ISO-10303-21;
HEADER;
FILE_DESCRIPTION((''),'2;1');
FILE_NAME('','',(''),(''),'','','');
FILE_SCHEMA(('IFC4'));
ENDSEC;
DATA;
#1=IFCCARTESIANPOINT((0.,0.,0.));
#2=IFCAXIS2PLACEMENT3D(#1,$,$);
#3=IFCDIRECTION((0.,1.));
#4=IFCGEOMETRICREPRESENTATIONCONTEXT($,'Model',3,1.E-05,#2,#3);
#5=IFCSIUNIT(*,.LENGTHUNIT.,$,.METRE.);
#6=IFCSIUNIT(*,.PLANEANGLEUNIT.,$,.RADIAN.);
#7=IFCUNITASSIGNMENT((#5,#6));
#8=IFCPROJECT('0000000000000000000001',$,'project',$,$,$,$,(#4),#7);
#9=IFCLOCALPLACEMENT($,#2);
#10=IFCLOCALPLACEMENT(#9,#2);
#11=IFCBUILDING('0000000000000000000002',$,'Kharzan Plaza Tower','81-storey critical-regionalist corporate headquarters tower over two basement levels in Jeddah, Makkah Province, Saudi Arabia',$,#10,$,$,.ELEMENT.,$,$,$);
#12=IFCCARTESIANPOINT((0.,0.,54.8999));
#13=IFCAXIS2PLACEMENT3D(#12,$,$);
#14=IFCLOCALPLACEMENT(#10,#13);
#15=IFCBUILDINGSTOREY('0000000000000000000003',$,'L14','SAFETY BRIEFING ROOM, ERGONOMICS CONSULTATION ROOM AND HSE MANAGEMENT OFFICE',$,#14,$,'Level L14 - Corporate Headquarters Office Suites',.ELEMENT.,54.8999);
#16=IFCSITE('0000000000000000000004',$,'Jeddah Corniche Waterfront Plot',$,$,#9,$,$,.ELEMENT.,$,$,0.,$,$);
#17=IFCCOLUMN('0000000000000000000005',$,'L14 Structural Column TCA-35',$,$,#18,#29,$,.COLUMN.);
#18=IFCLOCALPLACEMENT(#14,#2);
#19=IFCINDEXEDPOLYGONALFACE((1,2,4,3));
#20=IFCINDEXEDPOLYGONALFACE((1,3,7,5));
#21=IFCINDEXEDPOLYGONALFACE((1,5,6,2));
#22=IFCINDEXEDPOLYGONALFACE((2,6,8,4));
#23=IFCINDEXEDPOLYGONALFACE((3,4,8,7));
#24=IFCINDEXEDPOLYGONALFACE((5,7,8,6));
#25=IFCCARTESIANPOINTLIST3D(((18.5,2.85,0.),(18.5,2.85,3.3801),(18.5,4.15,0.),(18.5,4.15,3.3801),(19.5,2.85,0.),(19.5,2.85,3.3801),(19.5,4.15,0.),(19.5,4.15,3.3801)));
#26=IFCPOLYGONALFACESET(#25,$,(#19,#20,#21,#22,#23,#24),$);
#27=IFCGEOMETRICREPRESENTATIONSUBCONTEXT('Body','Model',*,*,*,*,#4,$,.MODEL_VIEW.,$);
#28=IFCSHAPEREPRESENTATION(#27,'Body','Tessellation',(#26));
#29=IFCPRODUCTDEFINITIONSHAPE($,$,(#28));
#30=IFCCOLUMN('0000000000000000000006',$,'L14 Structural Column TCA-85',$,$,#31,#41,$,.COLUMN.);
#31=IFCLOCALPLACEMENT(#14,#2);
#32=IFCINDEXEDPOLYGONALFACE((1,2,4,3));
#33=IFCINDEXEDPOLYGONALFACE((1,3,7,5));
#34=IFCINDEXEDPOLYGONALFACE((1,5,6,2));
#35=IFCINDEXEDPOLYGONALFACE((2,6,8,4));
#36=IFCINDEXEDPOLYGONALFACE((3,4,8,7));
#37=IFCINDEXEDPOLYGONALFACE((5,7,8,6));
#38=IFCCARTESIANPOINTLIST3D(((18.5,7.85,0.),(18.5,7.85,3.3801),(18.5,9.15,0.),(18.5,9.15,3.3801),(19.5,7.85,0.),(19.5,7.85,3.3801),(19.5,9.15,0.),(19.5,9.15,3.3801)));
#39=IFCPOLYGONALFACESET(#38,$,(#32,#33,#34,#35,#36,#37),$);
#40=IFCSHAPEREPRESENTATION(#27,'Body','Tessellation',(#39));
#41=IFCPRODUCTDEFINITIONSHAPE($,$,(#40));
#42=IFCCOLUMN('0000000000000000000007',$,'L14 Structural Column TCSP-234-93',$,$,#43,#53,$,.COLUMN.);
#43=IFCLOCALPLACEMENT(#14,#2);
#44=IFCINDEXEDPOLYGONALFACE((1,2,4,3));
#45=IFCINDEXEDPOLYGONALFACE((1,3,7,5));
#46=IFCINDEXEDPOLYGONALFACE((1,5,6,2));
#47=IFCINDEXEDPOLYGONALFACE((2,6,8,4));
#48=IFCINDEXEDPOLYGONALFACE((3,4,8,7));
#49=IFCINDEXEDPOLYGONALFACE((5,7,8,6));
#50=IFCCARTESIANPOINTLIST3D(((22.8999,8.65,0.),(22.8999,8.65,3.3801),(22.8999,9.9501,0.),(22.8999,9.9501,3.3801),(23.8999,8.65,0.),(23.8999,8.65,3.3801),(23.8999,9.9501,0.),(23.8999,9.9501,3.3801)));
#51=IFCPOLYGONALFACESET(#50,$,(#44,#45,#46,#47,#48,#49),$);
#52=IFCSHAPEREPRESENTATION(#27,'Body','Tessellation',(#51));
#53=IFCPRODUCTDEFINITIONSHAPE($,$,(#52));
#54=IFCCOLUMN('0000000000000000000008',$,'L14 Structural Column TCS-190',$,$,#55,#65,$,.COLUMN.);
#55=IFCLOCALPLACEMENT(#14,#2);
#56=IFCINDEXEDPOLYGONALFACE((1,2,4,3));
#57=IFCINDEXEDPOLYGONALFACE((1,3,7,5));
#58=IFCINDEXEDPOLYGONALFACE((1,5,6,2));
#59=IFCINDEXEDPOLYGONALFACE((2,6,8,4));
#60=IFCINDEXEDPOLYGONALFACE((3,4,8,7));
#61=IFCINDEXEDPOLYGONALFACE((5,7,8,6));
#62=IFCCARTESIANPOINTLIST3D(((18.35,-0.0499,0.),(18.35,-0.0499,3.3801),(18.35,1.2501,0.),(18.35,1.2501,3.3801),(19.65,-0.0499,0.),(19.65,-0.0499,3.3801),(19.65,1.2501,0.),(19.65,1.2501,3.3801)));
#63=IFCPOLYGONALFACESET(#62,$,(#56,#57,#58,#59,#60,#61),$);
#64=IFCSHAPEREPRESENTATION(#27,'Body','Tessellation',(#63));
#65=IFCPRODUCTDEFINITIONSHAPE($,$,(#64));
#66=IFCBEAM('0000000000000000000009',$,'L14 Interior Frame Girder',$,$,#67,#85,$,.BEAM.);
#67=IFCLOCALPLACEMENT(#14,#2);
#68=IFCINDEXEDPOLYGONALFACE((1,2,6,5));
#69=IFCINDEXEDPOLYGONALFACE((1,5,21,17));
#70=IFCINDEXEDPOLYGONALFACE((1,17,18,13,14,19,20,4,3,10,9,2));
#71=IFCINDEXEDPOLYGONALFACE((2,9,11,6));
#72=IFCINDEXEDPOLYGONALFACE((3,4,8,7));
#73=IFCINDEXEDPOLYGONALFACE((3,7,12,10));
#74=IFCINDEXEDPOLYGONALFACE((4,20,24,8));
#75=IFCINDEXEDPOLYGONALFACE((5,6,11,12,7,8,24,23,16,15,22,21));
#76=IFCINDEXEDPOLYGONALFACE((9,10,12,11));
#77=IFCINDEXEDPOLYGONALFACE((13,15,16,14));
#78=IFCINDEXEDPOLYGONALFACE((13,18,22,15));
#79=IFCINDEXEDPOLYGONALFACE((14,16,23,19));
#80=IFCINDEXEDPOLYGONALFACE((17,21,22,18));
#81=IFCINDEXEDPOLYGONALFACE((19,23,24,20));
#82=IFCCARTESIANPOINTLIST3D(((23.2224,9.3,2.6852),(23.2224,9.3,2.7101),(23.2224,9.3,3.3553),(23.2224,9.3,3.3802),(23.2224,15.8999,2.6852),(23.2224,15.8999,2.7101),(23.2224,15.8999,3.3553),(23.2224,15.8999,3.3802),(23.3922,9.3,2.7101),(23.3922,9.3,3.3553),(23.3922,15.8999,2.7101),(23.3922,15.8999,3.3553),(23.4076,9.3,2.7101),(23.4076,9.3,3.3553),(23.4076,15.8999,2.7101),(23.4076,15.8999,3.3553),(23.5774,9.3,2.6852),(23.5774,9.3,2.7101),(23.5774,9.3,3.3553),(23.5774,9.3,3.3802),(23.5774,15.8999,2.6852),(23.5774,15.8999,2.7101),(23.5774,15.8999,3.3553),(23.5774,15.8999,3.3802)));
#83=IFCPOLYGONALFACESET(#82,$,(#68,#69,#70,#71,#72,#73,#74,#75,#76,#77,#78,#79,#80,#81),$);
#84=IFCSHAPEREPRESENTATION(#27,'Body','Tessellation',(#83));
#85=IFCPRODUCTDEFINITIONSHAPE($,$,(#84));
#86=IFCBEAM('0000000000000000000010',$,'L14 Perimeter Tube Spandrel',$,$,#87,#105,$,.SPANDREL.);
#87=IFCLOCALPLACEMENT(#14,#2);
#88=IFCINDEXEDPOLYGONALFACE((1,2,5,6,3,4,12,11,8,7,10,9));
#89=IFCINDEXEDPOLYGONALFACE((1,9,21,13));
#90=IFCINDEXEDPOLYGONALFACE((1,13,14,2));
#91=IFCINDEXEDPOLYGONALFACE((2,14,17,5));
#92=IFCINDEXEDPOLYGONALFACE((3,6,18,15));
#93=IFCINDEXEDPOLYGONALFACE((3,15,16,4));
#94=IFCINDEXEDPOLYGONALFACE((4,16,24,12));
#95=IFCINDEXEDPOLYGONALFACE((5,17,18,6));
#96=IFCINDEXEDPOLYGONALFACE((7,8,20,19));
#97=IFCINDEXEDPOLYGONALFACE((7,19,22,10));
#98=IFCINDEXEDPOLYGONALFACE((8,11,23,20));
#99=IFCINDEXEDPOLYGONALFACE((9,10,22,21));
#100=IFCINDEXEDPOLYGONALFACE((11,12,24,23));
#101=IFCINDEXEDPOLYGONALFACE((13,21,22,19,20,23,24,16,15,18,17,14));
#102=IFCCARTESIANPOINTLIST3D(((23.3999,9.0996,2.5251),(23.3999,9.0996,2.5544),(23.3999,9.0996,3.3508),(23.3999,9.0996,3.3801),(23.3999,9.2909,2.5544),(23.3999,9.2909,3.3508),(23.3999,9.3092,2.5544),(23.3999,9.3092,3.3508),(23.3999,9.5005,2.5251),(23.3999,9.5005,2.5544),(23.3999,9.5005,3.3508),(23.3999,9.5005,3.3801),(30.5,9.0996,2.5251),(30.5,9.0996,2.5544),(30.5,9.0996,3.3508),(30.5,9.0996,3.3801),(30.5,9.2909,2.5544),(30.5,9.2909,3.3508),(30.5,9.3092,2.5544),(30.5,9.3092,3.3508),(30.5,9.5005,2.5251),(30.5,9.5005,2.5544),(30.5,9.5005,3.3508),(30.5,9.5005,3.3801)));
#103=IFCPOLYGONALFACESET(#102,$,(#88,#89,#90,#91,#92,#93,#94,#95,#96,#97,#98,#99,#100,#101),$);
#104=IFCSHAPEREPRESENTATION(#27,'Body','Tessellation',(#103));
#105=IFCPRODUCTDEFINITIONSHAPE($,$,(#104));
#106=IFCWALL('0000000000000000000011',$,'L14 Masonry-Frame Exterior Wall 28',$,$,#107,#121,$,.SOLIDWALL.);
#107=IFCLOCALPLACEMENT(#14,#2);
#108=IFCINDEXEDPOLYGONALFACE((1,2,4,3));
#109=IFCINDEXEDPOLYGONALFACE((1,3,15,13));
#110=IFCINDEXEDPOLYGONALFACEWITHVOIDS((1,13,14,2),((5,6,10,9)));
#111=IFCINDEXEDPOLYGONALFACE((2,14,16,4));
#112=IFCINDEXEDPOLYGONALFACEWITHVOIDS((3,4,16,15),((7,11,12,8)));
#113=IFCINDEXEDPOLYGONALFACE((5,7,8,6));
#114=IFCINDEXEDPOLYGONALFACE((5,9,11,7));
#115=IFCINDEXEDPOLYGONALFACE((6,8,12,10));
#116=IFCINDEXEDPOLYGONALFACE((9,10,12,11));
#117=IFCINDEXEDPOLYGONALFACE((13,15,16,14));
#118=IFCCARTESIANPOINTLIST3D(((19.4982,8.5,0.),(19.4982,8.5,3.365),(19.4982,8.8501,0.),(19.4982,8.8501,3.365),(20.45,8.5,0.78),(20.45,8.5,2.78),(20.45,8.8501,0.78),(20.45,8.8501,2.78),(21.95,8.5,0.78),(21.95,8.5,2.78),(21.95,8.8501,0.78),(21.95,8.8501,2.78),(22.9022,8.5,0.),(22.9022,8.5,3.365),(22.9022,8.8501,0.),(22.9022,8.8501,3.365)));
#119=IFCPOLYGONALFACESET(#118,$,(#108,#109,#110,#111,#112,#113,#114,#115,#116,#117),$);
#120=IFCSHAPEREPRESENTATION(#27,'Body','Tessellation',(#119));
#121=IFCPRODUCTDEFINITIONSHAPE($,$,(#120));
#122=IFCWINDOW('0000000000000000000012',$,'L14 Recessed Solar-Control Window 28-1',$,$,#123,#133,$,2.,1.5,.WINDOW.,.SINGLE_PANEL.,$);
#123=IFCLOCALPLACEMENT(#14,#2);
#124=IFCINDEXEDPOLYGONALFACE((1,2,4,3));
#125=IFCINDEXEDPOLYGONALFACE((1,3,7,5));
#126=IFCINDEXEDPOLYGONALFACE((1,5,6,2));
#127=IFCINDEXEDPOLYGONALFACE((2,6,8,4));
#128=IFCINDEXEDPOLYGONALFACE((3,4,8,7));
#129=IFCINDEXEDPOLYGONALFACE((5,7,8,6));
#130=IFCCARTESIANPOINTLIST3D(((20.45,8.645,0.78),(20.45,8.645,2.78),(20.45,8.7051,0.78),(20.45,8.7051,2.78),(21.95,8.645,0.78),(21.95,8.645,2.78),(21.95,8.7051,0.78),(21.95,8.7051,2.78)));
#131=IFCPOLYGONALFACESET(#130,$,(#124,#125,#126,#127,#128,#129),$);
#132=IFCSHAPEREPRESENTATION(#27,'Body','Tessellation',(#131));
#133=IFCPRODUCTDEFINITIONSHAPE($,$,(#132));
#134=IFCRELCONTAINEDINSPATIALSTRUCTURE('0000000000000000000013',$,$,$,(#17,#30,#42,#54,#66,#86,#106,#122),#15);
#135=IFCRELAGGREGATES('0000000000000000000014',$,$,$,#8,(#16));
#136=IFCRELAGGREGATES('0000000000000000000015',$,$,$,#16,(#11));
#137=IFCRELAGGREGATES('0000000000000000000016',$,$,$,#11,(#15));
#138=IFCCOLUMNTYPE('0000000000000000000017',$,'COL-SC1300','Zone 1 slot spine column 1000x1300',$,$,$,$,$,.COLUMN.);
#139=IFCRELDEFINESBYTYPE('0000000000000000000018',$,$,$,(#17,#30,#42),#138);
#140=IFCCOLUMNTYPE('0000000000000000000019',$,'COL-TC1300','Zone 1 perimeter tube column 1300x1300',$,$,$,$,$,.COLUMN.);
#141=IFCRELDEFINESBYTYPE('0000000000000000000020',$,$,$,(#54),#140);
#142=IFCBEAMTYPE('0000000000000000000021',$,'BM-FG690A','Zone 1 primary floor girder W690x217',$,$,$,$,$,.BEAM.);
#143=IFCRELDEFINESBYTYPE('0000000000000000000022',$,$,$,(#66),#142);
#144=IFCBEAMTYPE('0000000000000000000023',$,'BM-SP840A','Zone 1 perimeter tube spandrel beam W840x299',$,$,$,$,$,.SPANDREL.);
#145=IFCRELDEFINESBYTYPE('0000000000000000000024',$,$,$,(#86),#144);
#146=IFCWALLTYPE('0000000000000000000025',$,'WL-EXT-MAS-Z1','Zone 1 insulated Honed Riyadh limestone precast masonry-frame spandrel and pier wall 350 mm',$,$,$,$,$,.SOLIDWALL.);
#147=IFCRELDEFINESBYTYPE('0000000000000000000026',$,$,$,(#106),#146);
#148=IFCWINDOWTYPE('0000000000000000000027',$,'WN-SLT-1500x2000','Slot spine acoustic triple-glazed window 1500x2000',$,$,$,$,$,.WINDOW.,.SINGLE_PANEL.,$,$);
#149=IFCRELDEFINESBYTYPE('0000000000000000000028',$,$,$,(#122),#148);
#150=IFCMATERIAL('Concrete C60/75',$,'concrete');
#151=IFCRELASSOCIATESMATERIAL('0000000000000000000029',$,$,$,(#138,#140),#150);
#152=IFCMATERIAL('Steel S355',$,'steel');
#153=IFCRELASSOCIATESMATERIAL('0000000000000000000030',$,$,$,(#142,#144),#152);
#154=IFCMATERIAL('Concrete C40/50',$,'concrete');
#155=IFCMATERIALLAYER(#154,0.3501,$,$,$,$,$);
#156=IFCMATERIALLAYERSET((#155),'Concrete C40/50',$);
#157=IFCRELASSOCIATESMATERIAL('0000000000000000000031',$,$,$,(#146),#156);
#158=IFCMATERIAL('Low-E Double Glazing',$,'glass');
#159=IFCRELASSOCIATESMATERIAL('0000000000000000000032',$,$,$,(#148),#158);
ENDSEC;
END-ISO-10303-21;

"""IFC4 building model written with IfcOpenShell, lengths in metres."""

from ifc_helpers import new_model, si_unit, direction, frame, frame_2d, origin, origin_2d, place, context, subcontext, project, spatial, rectangle, i_section, extrude, source, transform, mapped, material, layer, layer_set, material_profile, profile_set, type_object, element, fill, save


model = new_model("IFC4")

# Units and contexts
model_context = context("Model", 3, precision=1e-05, world=origin(), true_north=direction((0.0, 1.0)))
body_context = subcontext(model_context, "Body", "Model", "MODEL_VIEW")
ifc_project = project(units=[si_unit("LENGTHUNIT", "METRE"), si_unit("PLANEANGLEUNIT", "RADIAN")], contexts=[model_context])

# Site, building, storey
site_placement = place(None, origin())
site = spatial("IfcSite", under=ifc_project, at=site_placement, Name="Jeddah Corniche Waterfront Plot", CompositionType="ELEMENT", RefElevation=0.0)
building_placement = place(site_placement, origin())
building = spatial("IfcBuilding", under=site, at=building_placement, Name="Kharzan Plaza Tower", Description="81-storey critical-regionalist corporate headquarters tower over two basement levels in Jeddah, Makkah Province, Saudi Arabia", CompositionType="ELEMENT")
storey_placement = place(building_placement, frame((0.0, 0.0, 54.8999)))
storey = spatial("IfcBuildingStorey", under=building, at=storey_placement, Name="L14", Description="SAFETY BRIEFING ROOM, ERGONOMICS CONSULTATION ROOM AND HSE MANAGEMENT OFFICE", LongName="Level L14 - Corporate Headquarters Office Suites", CompositionType="ELEMENT", Elevation=54.8999)

# Columns
ifc_material_1 = material(Name="Concrete C60/75", Category="concrete")
ifc_material_profile_1 = material_profile(ifc_material_1, rectangle(XDim=1.0, YDim=1.3, at=origin_2d()), Name="RC-SC1300x1000")
ifc_profile_set_1 = profile_set([ifc_material_profile_1], Name="Concrete C60/75")
column_type_1 = type_object("IfcColumnType", Name="COL-SC1300", Description="Zone 1 slot spine column 1000x1300", PredefinedType="COLUMN", material=ifc_profile_set_1)
shared_shape_1 = source(origin(), body_context, "Body", "SweptSolid", [
    extrude(rectangle(XDim=1.0, YDim=1.3, at=origin_2d()), origin(), (0.0, 0.0, 1.0), 3.3801),
])
for number, where, z_axis, x_axis, name in (
    (1, (19.0, 3.5, 0.0), (0.0, 0.0, 1.0), (1.0, 0.0, 0.0), "L14 Structural Column TCA-35"),
    (2, (19.0, 8.5, 0.0), (0.0, 0.0, 1.0), (1.0, 0.0, 0.0), "L14 Structural Column TCA-85"),
    (3, (23.3999, 9.3, 0.0), (0.0, 0.0, 1.0), (1.0, 0.0, 0.0), "L14 Structural Column TCSP-234-93"),
):
    element("IfcColumn", number, at=place(storey_placement, frame(where, z_axis=z_axis, x_axis=x_axis)), inside=storey, type_object=column_type_1, Name=name, PredefinedType="COLUMN", context=body_context, shape_type="MappedRepresentation", body=[
        mapped(shared_shape_1, transform((0.0, 0.0, 0.0), x_axis=(1.0, 0.0, 0.0), y_axis=(0.0, 1.0, 0.0), z_axis=(0.0, 0.0, 1.0))),
    ])
ifc_material_profile_2 = material_profile(ifc_material_1, rectangle(XDim=1.3, YDim=1.3, at=origin_2d()), Name="RC-TC1300x1300")
ifc_profile_set_2 = profile_set([ifc_material_profile_2], Name="Concrete C60/75")
column_type_2 = type_object("IfcColumnType", Name="COL-TC1300", Description="Zone 1 perimeter tube column 1300x1300", PredefinedType="COLUMN", material=ifc_profile_set_2)
shared_shape_2 = source(origin(), body_context, "Body", "SweptSolid", [
    extrude(rectangle(XDim=1.3, YDim=1.3, at=origin_2d()), origin(), (0.0, 0.0, 1.0), 3.3801),
])
column_placement = place(storey_placement, frame((19.0, 0.6001, 0.0), z_axis=(0.0, 0.0, 1.0), x_axis=(1.0, 0.0, 0.0)))
element("IfcColumn", 4, at=column_placement, inside=storey, type_object=column_type_2, Name="L14 Structural Column TCS-190", PredefinedType="COLUMN", context=body_context, shape_type="MappedRepresentation", body=[
    mapped(shared_shape_2, transform((0.0, 0.0, 0.0), x_axis=(1.0, 0.0, 0.0), y_axis=(0.0, 1.0, 0.0), z_axis=(0.0, 0.0, 1.0))),
])

# Beams
ifc_material_2 = material(Name="Steel S355", Category="steel")
ifc_material_profile_3 = material_profile(ifc_material_2, i_section(OverallWidth=0.355, OverallDepth=0.6951, WebThickness=0.0154, FlangeThickness=0.0249, at=origin_2d()), Name="W690x217")
ifc_profile_set_3 = profile_set([ifc_material_profile_3], Name="Steel S355")
beam_type_1 = type_object("IfcBeamType", Name="BM-FG690A", Description="Zone 1 primary floor girder W690x217", PredefinedType="BEAM", material=ifc_profile_set_3)
shared_shape_3 = source(origin(), body_context, "Body", "SweptSolid", [
    extrude(i_section(OverallWidth=0.355, OverallDepth=0.6951, WebThickness=0.0154, FlangeThickness=0.0249, at=origin_2d()), origin(), (0.0, 0.0, 1.0), 6.5999),
])
beam_1_placement = place(storey_placement, frame((23.3999, 9.3, 3.0327), z_axis=(0.0, 1.0, 0.0), x_axis=(-1.0, 0.0, 0.0)))
element("IfcBeam", 5, at=beam_1_placement, inside=storey, type_object=beam_type_1, Name="L14 Interior Frame Girder", PredefinedType="BEAM", context=body_context, shape_type="MappedRepresentation", body=[
    mapped(shared_shape_3, transform((0.0, 0.0, 0.0), x_axis=(1.0, 0.0, 0.0), y_axis=(0.0, 1.0, 0.0), z_axis=(0.0, 0.0, 1.0))),
])
ifc_material_profile_4 = material_profile(ifc_material_2, i_section(OverallWidth=0.4009, OverallDepth=0.855, WebThickness=0.0183, FlangeThickness=0.0293, at=origin_2d()), Name="W840x299")
ifc_profile_set_4 = profile_set([ifc_material_profile_4], Name="Steel S355")
beam_type_2 = type_object("IfcBeamType", Name="BM-SP840A", Description="Zone 1 perimeter tube spandrel beam W840x299", PredefinedType="SPANDREL", material=ifc_profile_set_4)
shared_shape_4 = source(origin(), body_context, "Body", "SweptSolid", [
    extrude(i_section(OverallWidth=0.4009, OverallDepth=0.855, WebThickness=0.0183, FlangeThickness=0.0293, at=origin_2d()), origin(), (0.0, 0.0, 1.0), 7.1001),
])
beam_2_placement = place(storey_placement, frame((23.3999, 9.3, 2.9526), z_axis=(1.0, 0.0, 0.0), x_axis=(0.0, 1.0, 0.0)))
element("IfcBeam", 6, at=beam_2_placement, inside=storey, type_object=beam_type_2, Name="L14 Perimeter Tube Spandrel", PredefinedType="SPANDREL", context=body_context, shape_type="MappedRepresentation", body=[
    mapped(shared_shape_4, transform((0.0, 0.0, 0.0), x_axis=(1.0, 0.0, 0.0), y_axis=(0.0, 1.0, 0.0), z_axis=(0.0, 0.0, 1.0))),
])

# Wall, opening, window
ifc_material_3 = material(Name="Concrete C40/50", Category="concrete")
ifc_layer_1 = layer(ifc_material_3, 0.3501)
ifc_layer_set_1 = layer_set([ifc_layer_1], Name="Concrete C40/50")
wall_type_1 = type_object("IfcWallType", Name="WL-EXT-MAS-Z1", Description="Zone 1 insulated Honed Riyadh limestone precast masonry-frame spandrel and pier wall 350 mm", PredefinedType="SOLIDWALL", material=ifc_layer_set_1)
wall_1_placement = place(storey_placement, frame((19.498, 8.675, 0.0), z_axis=(0.0, 0.0, 1.0), x_axis=(1.0, 0.0, 0.0)))
wall_1 = element("IfcWall", 7, at=wall_1_placement, inside=storey, type_object=wall_type_1, Name="L14 Masonry-Frame Exterior Wall 28", PredefinedType="SOLIDWALL", context=body_context, shape_type="SweptSolid", body=[
    extrude(rectangle(XDim=3.4041, YDim=0.3501, at=frame_2d((1.7021, 0.0))), origin(), (0.0, 0.0, 1.0), 3.365),
])
opening_1_placement = place(wall_1_placement, frame((0.9519, 0.0, 0.78)))
opening_1 = element("IfcOpeningElement", 8, at=opening_1_placement, cuts=wall_1, PredefinedType="OPENING", context=body_context, shape_type="SweptSolid", body=[
    extrude(rectangle(XDim=1.5, YDim=2.0, at=frame_2d((0.75, 1.0))), frame((0.0, 0.1851, 0.0), z_axis=(0.0, -1.0, 0.0), x_axis=(1.0, 0.0, 0.0)), (0.0, 0.0, 1.0), 0.3701),
])
ifc_material_4 = material(Name="Low-E Double Glazing", Category="glass")
window_type = type_object("IfcWindowType", Name="WN-SLT-1500x2000", Description="Slot spine acoustic triple-glazed window 1500x2000", PartitioningType="SINGLE_PANEL", PredefinedType="WINDOW", material=ifc_material_4)
shared_shape_5 = source(origin(), body_context, "Body", "SweptSolid", [
    extrude(rectangle(XDim=1.5, YDim=2.0, at=frame_2d((0.75, 1.0))), frame((0.0, 0.03, 0.0), z_axis=(0.0, -1.0, 0.0), x_axis=(1.0, 0.0, 0.0)), (0.0, 0.0, 1.0), 0.0601),
])
window_1_placement = place(opening_1_placement, origin())
window_1 = element("IfcWindow", 9, at=window_1_placement, inside=storey, type_object=window_type, Name="L14 Recessed Solar-Control Window 28-1", OverallHeight=2.0, OverallWidth=1.5, PartitioningType="SINGLE_PANEL", PredefinedType="WINDOW", context=body_context, shape_type="MappedRepresentation", body=[
    mapped(shared_shape_5, transform((0.0, 0.0, 0.0), x_axis=(1.0, 0.0, 0.0), y_axis=(0.0, 1.0, 0.0), z_axis=(0.0, 0.0, 1.0))),
])
fill(opening_1, window_1)

save(model, "model.ifc")
